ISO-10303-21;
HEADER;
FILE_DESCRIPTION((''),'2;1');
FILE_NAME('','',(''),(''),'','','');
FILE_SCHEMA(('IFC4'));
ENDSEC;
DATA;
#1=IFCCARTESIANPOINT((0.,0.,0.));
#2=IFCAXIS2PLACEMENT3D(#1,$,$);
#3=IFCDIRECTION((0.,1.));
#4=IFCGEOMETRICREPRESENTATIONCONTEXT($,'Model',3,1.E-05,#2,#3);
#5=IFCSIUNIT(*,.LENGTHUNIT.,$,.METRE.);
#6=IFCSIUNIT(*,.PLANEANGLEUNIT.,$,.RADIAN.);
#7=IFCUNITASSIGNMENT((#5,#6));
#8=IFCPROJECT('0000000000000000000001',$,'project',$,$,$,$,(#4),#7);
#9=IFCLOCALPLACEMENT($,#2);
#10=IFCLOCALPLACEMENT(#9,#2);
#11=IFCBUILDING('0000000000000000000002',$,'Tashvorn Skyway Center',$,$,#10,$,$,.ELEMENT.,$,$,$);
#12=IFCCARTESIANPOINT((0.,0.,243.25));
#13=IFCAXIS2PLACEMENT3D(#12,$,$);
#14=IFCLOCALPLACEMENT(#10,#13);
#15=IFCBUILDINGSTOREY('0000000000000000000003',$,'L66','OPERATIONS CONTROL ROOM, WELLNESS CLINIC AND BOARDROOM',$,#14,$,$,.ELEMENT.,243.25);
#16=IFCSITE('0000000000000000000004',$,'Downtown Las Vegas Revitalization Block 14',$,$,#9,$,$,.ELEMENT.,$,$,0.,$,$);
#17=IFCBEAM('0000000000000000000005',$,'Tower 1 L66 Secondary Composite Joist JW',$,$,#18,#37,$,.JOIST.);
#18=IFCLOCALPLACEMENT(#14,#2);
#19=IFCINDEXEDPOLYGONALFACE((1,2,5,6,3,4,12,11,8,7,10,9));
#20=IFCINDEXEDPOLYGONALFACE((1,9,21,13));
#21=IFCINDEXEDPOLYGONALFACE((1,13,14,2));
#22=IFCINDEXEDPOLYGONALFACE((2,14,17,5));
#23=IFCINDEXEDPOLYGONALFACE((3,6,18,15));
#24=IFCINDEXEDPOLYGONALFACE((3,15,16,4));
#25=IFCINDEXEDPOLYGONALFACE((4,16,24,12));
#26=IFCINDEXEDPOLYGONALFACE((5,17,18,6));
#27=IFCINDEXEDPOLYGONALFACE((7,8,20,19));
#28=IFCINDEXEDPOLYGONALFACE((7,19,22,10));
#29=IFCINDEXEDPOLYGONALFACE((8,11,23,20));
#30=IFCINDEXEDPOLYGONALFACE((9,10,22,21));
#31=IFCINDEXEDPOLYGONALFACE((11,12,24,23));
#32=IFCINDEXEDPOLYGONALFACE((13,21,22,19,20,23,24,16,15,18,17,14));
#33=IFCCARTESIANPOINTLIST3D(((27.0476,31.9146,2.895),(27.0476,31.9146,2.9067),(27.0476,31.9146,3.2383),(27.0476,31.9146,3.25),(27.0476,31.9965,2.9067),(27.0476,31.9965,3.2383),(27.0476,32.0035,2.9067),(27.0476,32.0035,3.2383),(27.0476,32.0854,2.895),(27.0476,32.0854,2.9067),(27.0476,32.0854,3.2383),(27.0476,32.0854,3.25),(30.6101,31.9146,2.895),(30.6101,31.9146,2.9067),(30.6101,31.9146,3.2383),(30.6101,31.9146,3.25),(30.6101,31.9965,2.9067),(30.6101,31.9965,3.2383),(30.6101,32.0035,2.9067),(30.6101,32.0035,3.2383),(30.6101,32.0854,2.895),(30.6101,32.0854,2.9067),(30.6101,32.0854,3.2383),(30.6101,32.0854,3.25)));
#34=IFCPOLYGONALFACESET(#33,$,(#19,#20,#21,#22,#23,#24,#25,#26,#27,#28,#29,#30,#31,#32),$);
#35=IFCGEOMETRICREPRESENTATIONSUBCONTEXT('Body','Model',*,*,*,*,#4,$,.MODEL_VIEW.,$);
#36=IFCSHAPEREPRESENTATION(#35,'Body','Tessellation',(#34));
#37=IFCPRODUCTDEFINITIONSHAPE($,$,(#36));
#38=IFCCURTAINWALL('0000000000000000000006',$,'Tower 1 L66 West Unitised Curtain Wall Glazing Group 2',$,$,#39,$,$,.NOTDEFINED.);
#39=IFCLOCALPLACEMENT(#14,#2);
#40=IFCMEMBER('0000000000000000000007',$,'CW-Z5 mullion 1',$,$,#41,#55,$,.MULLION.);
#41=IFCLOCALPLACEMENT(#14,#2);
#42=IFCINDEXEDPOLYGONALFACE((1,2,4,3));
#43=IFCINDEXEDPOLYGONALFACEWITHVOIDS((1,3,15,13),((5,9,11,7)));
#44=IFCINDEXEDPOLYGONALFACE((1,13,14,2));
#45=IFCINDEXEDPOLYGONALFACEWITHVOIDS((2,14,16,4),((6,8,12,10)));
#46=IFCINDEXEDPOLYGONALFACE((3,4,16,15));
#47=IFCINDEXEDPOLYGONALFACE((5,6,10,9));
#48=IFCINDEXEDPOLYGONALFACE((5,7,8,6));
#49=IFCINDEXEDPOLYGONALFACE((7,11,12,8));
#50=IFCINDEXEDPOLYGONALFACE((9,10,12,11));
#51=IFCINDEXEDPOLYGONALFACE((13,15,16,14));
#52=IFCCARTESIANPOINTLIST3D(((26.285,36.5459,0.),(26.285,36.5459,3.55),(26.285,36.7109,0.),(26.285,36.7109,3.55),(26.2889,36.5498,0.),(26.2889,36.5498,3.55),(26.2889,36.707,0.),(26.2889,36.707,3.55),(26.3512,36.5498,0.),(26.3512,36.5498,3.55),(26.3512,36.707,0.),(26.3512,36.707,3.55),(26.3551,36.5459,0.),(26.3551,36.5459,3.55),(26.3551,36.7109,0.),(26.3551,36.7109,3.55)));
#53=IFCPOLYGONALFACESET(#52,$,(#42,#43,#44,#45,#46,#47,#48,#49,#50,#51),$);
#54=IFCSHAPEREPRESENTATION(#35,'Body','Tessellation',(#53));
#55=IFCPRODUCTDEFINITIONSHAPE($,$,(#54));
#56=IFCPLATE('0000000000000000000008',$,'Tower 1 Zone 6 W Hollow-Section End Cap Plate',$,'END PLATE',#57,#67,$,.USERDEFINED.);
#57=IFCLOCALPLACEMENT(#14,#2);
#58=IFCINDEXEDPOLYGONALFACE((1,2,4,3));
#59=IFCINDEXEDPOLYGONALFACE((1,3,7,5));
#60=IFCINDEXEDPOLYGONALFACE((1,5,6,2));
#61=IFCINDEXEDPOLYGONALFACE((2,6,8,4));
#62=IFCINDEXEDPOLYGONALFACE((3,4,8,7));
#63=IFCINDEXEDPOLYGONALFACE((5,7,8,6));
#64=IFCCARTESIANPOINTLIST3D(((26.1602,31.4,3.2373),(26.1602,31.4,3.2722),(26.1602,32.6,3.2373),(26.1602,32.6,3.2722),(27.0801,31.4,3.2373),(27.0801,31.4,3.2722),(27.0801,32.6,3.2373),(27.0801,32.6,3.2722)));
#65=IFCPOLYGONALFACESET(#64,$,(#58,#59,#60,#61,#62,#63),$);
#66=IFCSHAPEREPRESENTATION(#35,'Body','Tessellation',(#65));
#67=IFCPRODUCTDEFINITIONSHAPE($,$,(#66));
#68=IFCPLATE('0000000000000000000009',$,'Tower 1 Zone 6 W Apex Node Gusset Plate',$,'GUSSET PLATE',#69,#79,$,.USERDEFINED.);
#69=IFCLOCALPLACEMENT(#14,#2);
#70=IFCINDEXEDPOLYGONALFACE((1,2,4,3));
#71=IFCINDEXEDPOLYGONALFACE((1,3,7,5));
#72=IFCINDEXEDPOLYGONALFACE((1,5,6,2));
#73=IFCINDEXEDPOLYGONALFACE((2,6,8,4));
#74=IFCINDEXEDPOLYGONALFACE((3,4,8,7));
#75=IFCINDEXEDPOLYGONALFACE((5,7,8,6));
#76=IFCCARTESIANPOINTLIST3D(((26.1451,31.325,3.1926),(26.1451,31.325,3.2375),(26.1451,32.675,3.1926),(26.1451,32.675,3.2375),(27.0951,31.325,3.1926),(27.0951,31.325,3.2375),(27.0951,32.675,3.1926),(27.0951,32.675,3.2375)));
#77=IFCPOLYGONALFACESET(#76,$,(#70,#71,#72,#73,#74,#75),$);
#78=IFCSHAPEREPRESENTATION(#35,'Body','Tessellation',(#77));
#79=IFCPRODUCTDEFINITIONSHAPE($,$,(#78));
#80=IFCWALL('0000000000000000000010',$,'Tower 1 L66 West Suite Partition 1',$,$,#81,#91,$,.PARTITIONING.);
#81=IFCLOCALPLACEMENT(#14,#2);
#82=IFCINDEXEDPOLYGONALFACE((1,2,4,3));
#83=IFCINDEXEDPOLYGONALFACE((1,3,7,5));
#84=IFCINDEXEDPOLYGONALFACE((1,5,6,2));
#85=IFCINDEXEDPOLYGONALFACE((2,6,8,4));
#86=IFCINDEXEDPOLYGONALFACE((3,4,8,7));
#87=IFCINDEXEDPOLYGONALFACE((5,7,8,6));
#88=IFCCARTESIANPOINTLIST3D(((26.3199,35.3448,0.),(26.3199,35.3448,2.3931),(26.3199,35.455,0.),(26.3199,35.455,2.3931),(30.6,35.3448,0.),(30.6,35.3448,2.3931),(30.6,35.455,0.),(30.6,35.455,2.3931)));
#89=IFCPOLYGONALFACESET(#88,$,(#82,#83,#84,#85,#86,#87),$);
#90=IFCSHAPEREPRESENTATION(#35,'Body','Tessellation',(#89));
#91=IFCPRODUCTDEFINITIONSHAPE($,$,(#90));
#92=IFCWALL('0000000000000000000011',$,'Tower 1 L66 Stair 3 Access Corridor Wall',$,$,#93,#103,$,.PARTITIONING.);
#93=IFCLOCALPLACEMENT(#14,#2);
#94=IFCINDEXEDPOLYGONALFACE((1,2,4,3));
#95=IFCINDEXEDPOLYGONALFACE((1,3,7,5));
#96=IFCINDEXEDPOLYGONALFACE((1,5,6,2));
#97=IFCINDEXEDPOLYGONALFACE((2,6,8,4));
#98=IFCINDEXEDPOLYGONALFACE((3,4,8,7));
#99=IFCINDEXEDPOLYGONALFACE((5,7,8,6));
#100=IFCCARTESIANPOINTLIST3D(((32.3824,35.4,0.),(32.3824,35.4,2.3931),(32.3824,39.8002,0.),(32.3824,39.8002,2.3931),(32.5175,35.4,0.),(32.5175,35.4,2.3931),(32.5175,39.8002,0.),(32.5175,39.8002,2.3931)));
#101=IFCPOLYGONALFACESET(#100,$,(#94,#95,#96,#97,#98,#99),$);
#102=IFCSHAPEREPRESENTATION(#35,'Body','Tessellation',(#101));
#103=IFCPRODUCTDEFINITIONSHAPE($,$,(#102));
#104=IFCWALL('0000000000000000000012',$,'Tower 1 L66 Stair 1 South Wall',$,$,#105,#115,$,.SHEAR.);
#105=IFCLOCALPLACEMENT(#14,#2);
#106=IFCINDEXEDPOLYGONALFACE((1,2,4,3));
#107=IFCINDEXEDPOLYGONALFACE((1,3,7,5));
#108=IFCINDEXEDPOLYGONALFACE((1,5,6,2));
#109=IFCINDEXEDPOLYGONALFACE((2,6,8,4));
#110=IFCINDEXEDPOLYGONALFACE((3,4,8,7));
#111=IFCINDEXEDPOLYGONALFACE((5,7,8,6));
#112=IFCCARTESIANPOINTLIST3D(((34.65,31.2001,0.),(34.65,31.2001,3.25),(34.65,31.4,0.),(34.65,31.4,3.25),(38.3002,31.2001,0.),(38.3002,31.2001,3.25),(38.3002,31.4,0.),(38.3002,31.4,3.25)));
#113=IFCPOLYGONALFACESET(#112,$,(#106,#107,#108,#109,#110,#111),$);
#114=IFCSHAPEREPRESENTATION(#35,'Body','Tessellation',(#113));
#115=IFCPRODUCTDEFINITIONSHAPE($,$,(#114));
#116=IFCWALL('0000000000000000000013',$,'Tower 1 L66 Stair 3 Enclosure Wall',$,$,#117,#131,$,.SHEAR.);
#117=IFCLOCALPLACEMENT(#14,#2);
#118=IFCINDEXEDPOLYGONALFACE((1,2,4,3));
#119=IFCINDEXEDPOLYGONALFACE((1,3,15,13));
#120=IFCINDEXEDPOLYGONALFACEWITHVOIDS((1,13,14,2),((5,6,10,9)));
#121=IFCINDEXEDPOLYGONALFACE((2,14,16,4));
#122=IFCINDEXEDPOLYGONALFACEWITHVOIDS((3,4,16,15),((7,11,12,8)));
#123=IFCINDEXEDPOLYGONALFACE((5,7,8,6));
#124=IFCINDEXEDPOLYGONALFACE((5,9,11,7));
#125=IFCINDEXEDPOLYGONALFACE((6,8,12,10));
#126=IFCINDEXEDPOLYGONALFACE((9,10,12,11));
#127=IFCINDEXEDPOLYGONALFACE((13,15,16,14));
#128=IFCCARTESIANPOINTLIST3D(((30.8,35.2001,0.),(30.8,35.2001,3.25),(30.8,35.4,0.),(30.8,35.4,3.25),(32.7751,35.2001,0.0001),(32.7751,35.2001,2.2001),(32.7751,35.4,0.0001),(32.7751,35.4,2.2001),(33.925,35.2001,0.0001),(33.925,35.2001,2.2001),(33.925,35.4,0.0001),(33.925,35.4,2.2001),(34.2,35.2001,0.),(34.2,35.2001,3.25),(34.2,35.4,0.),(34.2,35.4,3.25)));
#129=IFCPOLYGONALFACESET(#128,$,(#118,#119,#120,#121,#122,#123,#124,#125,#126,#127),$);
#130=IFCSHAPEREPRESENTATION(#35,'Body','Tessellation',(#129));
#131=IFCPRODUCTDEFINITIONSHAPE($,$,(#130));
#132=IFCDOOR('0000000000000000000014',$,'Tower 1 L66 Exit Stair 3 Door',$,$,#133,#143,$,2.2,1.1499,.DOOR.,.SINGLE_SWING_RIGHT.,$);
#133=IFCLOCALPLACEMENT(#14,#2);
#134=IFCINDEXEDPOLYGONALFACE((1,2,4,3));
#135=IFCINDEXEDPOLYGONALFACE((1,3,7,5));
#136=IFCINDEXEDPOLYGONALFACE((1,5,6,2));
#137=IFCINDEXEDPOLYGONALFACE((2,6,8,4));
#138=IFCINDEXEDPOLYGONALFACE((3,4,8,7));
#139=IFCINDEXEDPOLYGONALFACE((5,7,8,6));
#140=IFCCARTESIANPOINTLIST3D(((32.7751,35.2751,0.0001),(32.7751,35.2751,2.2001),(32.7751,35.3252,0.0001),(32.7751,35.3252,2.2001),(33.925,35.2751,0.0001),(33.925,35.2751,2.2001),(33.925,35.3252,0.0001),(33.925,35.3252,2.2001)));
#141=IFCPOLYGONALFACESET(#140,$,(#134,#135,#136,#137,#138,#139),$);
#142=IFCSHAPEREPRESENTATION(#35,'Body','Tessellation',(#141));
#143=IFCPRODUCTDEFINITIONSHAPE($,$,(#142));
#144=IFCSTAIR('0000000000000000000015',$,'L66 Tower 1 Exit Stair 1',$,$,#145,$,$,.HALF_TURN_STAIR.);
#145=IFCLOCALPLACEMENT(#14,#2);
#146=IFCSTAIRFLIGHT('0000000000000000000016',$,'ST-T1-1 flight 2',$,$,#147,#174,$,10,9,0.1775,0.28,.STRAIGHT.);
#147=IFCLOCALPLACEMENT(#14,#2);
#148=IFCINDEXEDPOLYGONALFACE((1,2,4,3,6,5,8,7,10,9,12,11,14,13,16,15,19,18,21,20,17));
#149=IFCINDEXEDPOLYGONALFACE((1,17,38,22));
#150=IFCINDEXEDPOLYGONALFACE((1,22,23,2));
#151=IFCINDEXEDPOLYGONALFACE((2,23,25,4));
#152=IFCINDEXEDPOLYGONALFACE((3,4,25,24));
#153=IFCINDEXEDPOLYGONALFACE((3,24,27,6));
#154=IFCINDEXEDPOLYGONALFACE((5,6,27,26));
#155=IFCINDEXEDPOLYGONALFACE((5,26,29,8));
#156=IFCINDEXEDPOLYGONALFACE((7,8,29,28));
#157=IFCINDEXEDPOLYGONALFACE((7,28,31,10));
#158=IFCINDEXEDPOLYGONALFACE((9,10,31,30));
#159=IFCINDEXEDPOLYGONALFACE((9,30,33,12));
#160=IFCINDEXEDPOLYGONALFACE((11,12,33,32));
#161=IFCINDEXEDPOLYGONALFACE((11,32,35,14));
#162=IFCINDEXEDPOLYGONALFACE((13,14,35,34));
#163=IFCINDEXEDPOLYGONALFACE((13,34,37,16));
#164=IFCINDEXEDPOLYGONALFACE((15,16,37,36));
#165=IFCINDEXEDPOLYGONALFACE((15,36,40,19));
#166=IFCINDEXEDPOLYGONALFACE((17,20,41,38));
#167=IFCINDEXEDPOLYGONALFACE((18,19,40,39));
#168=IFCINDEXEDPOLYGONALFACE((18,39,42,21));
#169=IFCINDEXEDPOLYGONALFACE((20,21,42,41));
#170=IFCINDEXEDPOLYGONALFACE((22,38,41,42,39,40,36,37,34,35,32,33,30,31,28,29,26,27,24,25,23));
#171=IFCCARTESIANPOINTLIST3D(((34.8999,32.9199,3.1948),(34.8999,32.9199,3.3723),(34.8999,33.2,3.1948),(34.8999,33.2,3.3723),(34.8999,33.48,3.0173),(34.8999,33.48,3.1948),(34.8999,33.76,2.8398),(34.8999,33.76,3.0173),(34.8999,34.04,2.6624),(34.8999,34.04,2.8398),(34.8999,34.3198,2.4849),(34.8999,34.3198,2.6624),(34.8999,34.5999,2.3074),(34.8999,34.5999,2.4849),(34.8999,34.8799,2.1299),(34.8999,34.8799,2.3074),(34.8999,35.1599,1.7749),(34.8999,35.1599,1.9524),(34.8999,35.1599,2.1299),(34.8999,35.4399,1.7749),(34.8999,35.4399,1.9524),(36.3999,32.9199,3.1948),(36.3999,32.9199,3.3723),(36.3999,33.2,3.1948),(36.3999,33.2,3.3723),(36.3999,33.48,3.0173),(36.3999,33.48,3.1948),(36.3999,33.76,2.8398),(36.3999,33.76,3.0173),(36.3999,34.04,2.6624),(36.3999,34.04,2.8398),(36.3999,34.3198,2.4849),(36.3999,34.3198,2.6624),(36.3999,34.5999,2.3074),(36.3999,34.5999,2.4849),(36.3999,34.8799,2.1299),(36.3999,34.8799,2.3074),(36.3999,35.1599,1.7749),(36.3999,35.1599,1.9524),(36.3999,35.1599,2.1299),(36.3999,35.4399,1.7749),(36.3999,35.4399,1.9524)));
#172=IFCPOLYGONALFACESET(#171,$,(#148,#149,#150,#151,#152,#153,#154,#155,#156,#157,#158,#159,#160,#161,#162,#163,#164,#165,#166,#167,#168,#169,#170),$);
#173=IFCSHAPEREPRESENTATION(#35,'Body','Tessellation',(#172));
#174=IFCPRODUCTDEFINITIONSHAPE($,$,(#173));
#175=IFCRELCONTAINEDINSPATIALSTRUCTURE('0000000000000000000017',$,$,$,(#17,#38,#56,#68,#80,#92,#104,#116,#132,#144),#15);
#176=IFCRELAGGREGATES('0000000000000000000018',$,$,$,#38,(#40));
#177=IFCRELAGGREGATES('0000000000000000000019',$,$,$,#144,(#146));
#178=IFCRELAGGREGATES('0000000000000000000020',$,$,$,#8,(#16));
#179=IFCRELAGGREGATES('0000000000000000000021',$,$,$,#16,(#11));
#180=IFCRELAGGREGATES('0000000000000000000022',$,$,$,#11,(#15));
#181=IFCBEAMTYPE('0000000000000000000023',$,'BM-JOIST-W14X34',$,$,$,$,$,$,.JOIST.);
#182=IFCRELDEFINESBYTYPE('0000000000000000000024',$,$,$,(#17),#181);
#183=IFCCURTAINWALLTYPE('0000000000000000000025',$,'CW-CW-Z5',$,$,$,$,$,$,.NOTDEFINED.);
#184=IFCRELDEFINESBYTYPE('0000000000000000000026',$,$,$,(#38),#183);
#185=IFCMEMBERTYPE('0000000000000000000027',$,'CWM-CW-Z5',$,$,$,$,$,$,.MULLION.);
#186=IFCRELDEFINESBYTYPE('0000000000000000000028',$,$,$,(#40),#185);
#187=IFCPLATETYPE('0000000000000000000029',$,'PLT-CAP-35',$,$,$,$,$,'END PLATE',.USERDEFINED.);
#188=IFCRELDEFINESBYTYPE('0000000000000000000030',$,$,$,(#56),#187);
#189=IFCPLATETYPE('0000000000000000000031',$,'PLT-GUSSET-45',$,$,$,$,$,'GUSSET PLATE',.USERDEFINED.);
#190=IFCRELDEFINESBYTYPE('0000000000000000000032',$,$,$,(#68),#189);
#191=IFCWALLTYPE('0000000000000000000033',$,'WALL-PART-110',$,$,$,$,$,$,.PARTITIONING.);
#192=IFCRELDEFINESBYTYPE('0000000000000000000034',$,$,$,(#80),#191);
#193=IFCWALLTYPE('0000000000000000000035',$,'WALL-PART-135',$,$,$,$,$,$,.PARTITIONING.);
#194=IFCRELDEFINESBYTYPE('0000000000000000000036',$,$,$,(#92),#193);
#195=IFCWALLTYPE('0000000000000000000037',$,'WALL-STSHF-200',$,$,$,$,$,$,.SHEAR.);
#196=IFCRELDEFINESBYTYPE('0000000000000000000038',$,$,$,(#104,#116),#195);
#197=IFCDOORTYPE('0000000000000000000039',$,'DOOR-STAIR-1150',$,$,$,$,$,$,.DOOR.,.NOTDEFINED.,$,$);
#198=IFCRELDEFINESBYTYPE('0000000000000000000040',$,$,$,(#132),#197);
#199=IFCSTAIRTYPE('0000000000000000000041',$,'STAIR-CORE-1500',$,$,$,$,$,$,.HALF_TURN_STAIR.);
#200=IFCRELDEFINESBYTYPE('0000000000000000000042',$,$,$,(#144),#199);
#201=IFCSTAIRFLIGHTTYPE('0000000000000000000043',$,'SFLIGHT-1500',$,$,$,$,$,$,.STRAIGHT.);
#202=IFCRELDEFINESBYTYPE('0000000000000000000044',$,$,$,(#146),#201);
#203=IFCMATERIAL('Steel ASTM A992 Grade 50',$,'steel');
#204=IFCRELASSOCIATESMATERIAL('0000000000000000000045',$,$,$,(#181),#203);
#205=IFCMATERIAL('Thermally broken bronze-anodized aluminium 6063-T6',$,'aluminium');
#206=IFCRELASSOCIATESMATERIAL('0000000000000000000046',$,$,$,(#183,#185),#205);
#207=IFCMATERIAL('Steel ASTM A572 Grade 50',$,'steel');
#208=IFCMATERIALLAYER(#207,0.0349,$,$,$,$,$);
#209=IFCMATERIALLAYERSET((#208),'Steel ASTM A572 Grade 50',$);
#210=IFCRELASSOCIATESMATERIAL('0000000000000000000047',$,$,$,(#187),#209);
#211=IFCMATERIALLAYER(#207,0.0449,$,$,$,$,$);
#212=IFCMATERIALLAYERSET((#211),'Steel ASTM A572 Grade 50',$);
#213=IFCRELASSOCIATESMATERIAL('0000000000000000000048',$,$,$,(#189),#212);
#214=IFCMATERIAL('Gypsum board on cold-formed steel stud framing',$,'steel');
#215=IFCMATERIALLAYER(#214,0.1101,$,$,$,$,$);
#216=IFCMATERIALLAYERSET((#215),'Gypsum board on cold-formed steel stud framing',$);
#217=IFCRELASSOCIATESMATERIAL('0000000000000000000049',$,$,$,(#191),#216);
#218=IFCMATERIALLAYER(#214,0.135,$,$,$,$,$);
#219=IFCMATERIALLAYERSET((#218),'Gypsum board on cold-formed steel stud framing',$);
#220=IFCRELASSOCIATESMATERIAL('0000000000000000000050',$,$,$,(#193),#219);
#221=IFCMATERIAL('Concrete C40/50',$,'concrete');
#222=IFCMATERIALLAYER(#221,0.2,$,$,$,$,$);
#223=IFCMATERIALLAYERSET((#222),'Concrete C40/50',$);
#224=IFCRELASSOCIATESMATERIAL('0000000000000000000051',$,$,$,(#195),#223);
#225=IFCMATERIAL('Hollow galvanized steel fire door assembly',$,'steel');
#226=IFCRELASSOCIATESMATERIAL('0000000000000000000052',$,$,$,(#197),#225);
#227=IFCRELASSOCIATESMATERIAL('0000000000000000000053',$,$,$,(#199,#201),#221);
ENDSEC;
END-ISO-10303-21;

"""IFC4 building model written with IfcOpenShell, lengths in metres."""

from ifc_helpers import new_model, si_unit, direction, frame, frame_2d, origin, origin_2d, place, context, subcontext, project, spatial, polyline, rectangle, hollow_rectangle, i_section, outline, extrude, material, layer, layer_set, material_profile, profile_set, type_object, element, fill, aggregate, save


model = new_model("IFC4")

# Units and contexts
model_context = context("Model", 3, precision=1e-05, world=origin(), true_north=direction((0.0, 1.0)))
body_context = subcontext(model_context, "Body", "Model", "MODEL_VIEW")
ifc_project = project(units=[si_unit("LENGTHUNIT", "METRE"), si_unit("PLANEANGLEUNIT", "RADIAN")], contexts=[model_context])

# Site, building, storey
site_placement = place(None, origin())
site = spatial("IfcSite", under=ifc_project, at=site_placement, Name="Downtown Las Vegas Revitalization Block 14", CompositionType="ELEMENT", RefElevation=0.0)
building_placement = place(site_placement, origin())
building = spatial("IfcBuilding", under=site, at=building_placement, Name="Tashvorn Skyway Center", CompositionType="ELEMENT")
storey_placement = place(building_placement, frame((0.0, 0.0, 243.25)))
storey = spatial("IfcBuildingStorey", under=building, at=storey_placement, Name="L66", Description="OPERATIONS CONTROL ROOM, WELLNESS CLINIC AND BOARDROOM", CompositionType="ELEMENT", Elevation=243.25)

# Beam
ifc_material_1 = material(Name="Steel ASTM A992 Grade 50", Category="steel")
ifc_material_profile_1 = material_profile(ifc_material_1, i_section(OverallWidth=0.1709, OverallDepth=0.355, WebThickness=0.0071, FlangeThickness=0.0117, at=origin_2d()), Name="W14X34")
ifc_profile_set_1 = profile_set([ifc_material_profile_1], Name="Steel ASTM A992 Grade 50")
beam_type = type_object("IfcBeamType", Name="BM-JOIST-W14X34", PredefinedType="JOIST", material=ifc_profile_set_1)
beam_placement = place(storey_placement, frame((30.6101, 32.0, 3.0725), z_axis=(-1.0, 0.0, 0.0), x_axis=(0.0, -1.0, 0.0)))
element("IfcBeam", 1, at=beam_placement, inside=storey, type_object=beam_type, Name="Tower 1 L66 Secondary Composite Joist JW", PredefinedType="JOIST", context=body_context, shape_type="SweptSolid", body=[
    extrude(i_section(OverallWidth=0.1709, OverallDepth=0.355, WebThickness=0.0071, FlangeThickness=0.0117, at=origin_2d()), origin(), (0.0, 0.0, 1.0), 3.5625),
])

# Curtain wall, member
ifc_material_2 = material(Name="Thermally broken bronze-anodized aluminium 6063-T6", Category="aluminium")
curtain_wall_type = type_object("IfcCurtainWallType", Name="CW-CW-Z5", PredefinedType="NOTDEFINED", material=ifc_material_2)
curtain_wall_placement = place(storey_placement, origin())
curtain_wall = element("IfcCurtainWall", 2, at=curtain_wall_placement, inside=storey, type_object=curtain_wall_type, Name="Tower 1 L66 West Unitised Curtain Wall Glazing Group 2", PredefinedType="NOTDEFINED")
ifc_material_profile_2 = material_profile(ifc_material_2, hollow_rectangle(XDim=0.0701, YDim=0.165, WallThickness=0.0039, at=origin_2d()), Name="ALU-MULL-70x165")
ifc_profile_set_2 = profile_set([ifc_material_profile_2], Name="Thermally broken bronze-anodized aluminium 6063-T6")
member_type = type_object("IfcMemberType", Name="CWM-CW-Z5", PredefinedType="MULLION", material=ifc_profile_set_2)
member_placement = place(storey_placement, frame((26.3201, 36.6284, 0.0), z_axis=(0.0, 0.0, 1.0), x_axis=(-1.0, 0.0, 0.0)))
member = element("IfcMember", 3, at=member_placement, type_object=member_type, Name="CW-Z5 mullion 1", PredefinedType="MULLION", context=body_context, shape_type="SweptSolid", body=[
    extrude(hollow_rectangle(XDim=0.0701, YDim=0.165, WallThickness=0.0039, at=origin_2d()), origin(), (0.0, 0.0, 1.0), 3.55),
])
aggregate(curtain_wall, [member])

# Plates
ifc_material_3 = material(Name="Steel ASTM A572 Grade 50", Category="steel")
ifc_layer_1 = layer(ifc_material_3, 0.0349)
ifc_layer_set_1 = layer_set([ifc_layer_1], Name="Steel ASTM A572 Grade 50")
plate_type_1 = type_object("IfcPlateType", Name="PLT-CAP-35", ElementType="END PLATE", PredefinedType="USERDEFINED", material=ifc_layer_set_1)
plate_1_placement = place(storey_placement, frame((26.6201, 32.0, 3.2373), z_axis=(0.0, 0.0, 1.0), x_axis=(0.0, -1.0, 0.0)))
element("IfcPlate", 4, at=plate_1_placement, inside=storey, type_object=plate_type_1, Name="Tower 1 Zone 6 W Hollow-Section End Cap Plate", ObjectType="END PLATE", PredefinedType="USERDEFINED", context=body_context, shape_type="SweptSolid", body=[
    extrude(rectangle(XDim=1.2, YDim=0.9199, at=origin_2d()), origin(), (0.0, 0.0, 1.0), 0.0349),
])
ifc_layer_2 = layer(ifc_material_3, 0.0449)
ifc_layer_set_2 = layer_set([ifc_layer_2], Name="Steel ASTM A572 Grade 50")
plate_type_2 = type_object("IfcPlateType", Name="PLT-GUSSET-45", ElementType="GUSSET PLATE", PredefinedType="USERDEFINED", material=ifc_layer_set_2)
plate_2_placement = place(storey_placement, frame((26.6201, 32.0, 3.1926), z_axis=(0.0, 0.0, 1.0), x_axis=(0.0, -1.0, 0.0)))
element("IfcPlate", 5, at=plate_2_placement, inside=storey, type_object=plate_type_2, Name="Tower 1 Zone 6 W Apex Node Gusset Plate", ObjectType="GUSSET PLATE", PredefinedType="USERDEFINED", context=body_context, shape_type="SweptSolid", body=[
    extrude(rectangle(XDim=1.3501, YDim=0.95, at=origin_2d()), origin(), (0.0, 0.0, 1.0), 0.0449),
])

# Walls
ifc_material_4 = material(Name="Gypsum board on cold-formed steel stud framing", Category="steel")
ifc_layer_3 = layer(ifc_material_4, 0.1101)
ifc_layer_set_3 = layer_set([ifc_layer_3], Name="Gypsum board on cold-formed steel stud framing")
wall_type_1 = type_object("IfcWallType", Name="WALL-PART-110", PredefinedType="PARTITIONING", material=ifc_layer_set_3)
wall_1_placement = place(storey_placement, frame((30.6001, 35.3999, 0.0), z_axis=(0.0, 0.0, 1.0), x_axis=(-1.0, 0.0, 0.0)))
element("IfcWall", 6, at=wall_1_placement, inside=storey, type_object=wall_type_1, Name="Tower 1 L66 West Suite Partition 1", PredefinedType="PARTITIONING", context=body_context, shape_type="SweptSolid", body=[
    extrude(rectangle(XDim=4.28, YDim=0.1101, at=frame_2d((2.1401, 0.0))), origin(), (0.0, 0.0, 1.0), 2.3931),
])
ifc_layer_4 = layer(ifc_material_4, 0.135)
ifc_layer_set_4 = layer_set([ifc_layer_4], Name="Gypsum board on cold-formed steel stud framing")
wall_type_2 = type_object("IfcWallType", Name="WALL-PART-135", PredefinedType="PARTITIONING", material=ifc_layer_set_4)
wall_2_placement = place(storey_placement, frame((32.45, 35.3999, 0.0), z_axis=(0.0, 0.0, 1.0), x_axis=(0.0, 1.0, 0.0)))
element("IfcWall", 7, at=wall_2_placement, inside=storey, type_object=wall_type_2, Name="Tower 1 L66 Stair 3 Access Corridor Wall", PredefinedType="PARTITIONING", context=body_context, shape_type="SweptSolid", body=[
    extrude(rectangle(XDim=4.4001, YDim=0.135, at=frame_2d((2.2002, 0.0))), origin(), (0.0, 0.0, 1.0), 2.3931),
])
ifc_material_5 = material(Name="Concrete C40/50", Category="concrete")
ifc_layer_5 = layer(ifc_material_5, 0.2)
ifc_layer_set_5 = layer_set([ifc_layer_5], Name="Concrete C40/50")
wall_type_3 = type_object("IfcWallType", Name="WALL-STSHF-200", PredefinedType="SHEAR", material=ifc_layer_set_5)
wall_3_placement = place(storey_placement, frame((34.6499, 31.3, 0.0), z_axis=(0.0, 0.0, 1.0), x_axis=(1.0, 0.0, 0.0)))
element("IfcWall", 8, at=wall_3_placement, inside=storey, type_object=wall_type_3, Name="Tower 1 L66 Stair 1 South Wall", PredefinedType="SHEAR", context=body_context, shape_type="SweptSolid", body=[
    extrude(rectangle(XDim=3.6501, YDim=0.2, at=frame_2d((1.8252, 0.0))), origin(), (0.0, 0.0, 1.0), 3.25),
])

# Wall, opening, door
wall_4_placement = place(storey_placement, frame((34.2, 35.3, 0.0), z_axis=(0.0, 0.0, 1.0), x_axis=(-1.0, 0.0, 0.0)))
wall_4 = element("IfcWall", 9, at=wall_4_placement, inside=storey, type_object=wall_type_3, Name="Tower 1 L66 Stair 3 Enclosure Wall", PredefinedType="SHEAR", context=body_context, shape_type="SweptSolid", body=[
    extrude(rectangle(XDim=3.3999, YDim=0.2, at=frame_2d((1.7, 0.0))), origin(), (0.0, 0.0, 1.0), 3.25),
])
opening_placement = place(wall_4_placement, frame((0.2749, 0.0, 0.0)))
opening = element("IfcOpeningElement", 10, at=opening_placement, cuts=wall_4, PredefinedType="OPENING", context=body_context, shape_type="SweptSolid", body=[
    extrude(rectangle(XDim=1.1499, YDim=2.2, at=frame_2d((0.575, 1.1001))), frame((0.0, 0.1099, 0.0), z_axis=(0.0, -1.0, 0.0), x_axis=(1.0, 0.0, 0.0)), (0.0, 0.0, 1.0), 0.22),
])
ifc_material_6 = material(Name="Hollow galvanized steel fire door assembly", Category="steel")
door_type = type_object("IfcDoorType", Name="DOOR-STAIR-1150", OperationType="NOTDEFINED", PredefinedType="DOOR", material=ifc_material_6)
door_placement = place(opening_placement, origin())
door = element("IfcDoor", 11, at=door_placement, inside=storey, type_object=door_type, Name="Tower 1 L66 Exit Stair 3 Door", OperationType="SINGLE_SWING_RIGHT", OverallHeight=2.2, OverallWidth=1.1499, PredefinedType="DOOR", context=body_context, shape_type="SweptSolid", body=[
    extrude(rectangle(XDim=1.1499, YDim=2.2, at=frame_2d((0.575, 1.1001))), frame((0.0, 0.0249, 0.0), z_axis=(0.0, -1.0, 0.0), x_axis=(1.0, 0.0, 0.0)), (0.0, 0.0, 1.0), 0.05),
])
fill(opening, door)

# Stair, stair flight
stair_type = type_object("IfcStairType", Name="STAIR-CORE-1500", PredefinedType="HALF_TURN_STAIR", material=ifc_material_5)
stair_1_placement = place(storey_placement, origin())
stair_1 = element("IfcStair", 12, at=stair_1_placement, inside=storey, type_object=stair_type, Name="L66 Tower 1 Exit Stair 1", PredefinedType="HALF_TURN_STAIR")
stair_flight_type = type_object("IfcStairFlightType", Name="SFLIGHT-1500", PredefinedType="STRAIGHT", material=ifc_material_5)
stair_flight_1_placement = place(storey_placement, frame((35.6499, 35.4399, 1.7749), z_axis=(0.0, 0.0, 1.0), x_axis=(0.0, -1.0, 0.0)))
stair_flight_1 = element("IfcStairFlight", 13, at=stair_flight_1_placement, type_object=stair_flight_type, Name="ST-T1-1 flight 2", NumberOfRisers=10, NumberOfTreads=9, PredefinedType="STRAIGHT", RiserHeight=0.1775, TreadLength=0.28, context=body_context, shape_type="SweptSolid", body=[
    extrude(outline(polyline([(0.0, 0.0), (0.0, 0.1775), (0.28, 0.1775), (0.28, 0.355), (0.5601, 0.355), (0.5601, 0.5325), (0.8401, 0.5325), (0.8401, 0.71), (1.1201, 0.71), (1.1201, 0.8875), (1.3999, 0.8875), (1.3999, 1.0649), (1.6799, 1.0649), (1.6799, 1.2424), (1.96, 1.2424), (1.96, 1.4199), (2.24, 1.4199), (2.24, 1.5974), (2.52, 1.5974), (2.52, 1.7749), (2.52, 1.4199), (0.28, 0.0), (0.0, 0.0)])), frame((0.0, 0.75, 0.0), z_axis=(0.0, -1.0, 0.0), x_axis=(1.0, 0.0, 0.0)), (0.0, 0.0, 1.0), 1.5),
])
aggregate(stair_1, [stair_flight_1])

save(model, "model.ifc")
